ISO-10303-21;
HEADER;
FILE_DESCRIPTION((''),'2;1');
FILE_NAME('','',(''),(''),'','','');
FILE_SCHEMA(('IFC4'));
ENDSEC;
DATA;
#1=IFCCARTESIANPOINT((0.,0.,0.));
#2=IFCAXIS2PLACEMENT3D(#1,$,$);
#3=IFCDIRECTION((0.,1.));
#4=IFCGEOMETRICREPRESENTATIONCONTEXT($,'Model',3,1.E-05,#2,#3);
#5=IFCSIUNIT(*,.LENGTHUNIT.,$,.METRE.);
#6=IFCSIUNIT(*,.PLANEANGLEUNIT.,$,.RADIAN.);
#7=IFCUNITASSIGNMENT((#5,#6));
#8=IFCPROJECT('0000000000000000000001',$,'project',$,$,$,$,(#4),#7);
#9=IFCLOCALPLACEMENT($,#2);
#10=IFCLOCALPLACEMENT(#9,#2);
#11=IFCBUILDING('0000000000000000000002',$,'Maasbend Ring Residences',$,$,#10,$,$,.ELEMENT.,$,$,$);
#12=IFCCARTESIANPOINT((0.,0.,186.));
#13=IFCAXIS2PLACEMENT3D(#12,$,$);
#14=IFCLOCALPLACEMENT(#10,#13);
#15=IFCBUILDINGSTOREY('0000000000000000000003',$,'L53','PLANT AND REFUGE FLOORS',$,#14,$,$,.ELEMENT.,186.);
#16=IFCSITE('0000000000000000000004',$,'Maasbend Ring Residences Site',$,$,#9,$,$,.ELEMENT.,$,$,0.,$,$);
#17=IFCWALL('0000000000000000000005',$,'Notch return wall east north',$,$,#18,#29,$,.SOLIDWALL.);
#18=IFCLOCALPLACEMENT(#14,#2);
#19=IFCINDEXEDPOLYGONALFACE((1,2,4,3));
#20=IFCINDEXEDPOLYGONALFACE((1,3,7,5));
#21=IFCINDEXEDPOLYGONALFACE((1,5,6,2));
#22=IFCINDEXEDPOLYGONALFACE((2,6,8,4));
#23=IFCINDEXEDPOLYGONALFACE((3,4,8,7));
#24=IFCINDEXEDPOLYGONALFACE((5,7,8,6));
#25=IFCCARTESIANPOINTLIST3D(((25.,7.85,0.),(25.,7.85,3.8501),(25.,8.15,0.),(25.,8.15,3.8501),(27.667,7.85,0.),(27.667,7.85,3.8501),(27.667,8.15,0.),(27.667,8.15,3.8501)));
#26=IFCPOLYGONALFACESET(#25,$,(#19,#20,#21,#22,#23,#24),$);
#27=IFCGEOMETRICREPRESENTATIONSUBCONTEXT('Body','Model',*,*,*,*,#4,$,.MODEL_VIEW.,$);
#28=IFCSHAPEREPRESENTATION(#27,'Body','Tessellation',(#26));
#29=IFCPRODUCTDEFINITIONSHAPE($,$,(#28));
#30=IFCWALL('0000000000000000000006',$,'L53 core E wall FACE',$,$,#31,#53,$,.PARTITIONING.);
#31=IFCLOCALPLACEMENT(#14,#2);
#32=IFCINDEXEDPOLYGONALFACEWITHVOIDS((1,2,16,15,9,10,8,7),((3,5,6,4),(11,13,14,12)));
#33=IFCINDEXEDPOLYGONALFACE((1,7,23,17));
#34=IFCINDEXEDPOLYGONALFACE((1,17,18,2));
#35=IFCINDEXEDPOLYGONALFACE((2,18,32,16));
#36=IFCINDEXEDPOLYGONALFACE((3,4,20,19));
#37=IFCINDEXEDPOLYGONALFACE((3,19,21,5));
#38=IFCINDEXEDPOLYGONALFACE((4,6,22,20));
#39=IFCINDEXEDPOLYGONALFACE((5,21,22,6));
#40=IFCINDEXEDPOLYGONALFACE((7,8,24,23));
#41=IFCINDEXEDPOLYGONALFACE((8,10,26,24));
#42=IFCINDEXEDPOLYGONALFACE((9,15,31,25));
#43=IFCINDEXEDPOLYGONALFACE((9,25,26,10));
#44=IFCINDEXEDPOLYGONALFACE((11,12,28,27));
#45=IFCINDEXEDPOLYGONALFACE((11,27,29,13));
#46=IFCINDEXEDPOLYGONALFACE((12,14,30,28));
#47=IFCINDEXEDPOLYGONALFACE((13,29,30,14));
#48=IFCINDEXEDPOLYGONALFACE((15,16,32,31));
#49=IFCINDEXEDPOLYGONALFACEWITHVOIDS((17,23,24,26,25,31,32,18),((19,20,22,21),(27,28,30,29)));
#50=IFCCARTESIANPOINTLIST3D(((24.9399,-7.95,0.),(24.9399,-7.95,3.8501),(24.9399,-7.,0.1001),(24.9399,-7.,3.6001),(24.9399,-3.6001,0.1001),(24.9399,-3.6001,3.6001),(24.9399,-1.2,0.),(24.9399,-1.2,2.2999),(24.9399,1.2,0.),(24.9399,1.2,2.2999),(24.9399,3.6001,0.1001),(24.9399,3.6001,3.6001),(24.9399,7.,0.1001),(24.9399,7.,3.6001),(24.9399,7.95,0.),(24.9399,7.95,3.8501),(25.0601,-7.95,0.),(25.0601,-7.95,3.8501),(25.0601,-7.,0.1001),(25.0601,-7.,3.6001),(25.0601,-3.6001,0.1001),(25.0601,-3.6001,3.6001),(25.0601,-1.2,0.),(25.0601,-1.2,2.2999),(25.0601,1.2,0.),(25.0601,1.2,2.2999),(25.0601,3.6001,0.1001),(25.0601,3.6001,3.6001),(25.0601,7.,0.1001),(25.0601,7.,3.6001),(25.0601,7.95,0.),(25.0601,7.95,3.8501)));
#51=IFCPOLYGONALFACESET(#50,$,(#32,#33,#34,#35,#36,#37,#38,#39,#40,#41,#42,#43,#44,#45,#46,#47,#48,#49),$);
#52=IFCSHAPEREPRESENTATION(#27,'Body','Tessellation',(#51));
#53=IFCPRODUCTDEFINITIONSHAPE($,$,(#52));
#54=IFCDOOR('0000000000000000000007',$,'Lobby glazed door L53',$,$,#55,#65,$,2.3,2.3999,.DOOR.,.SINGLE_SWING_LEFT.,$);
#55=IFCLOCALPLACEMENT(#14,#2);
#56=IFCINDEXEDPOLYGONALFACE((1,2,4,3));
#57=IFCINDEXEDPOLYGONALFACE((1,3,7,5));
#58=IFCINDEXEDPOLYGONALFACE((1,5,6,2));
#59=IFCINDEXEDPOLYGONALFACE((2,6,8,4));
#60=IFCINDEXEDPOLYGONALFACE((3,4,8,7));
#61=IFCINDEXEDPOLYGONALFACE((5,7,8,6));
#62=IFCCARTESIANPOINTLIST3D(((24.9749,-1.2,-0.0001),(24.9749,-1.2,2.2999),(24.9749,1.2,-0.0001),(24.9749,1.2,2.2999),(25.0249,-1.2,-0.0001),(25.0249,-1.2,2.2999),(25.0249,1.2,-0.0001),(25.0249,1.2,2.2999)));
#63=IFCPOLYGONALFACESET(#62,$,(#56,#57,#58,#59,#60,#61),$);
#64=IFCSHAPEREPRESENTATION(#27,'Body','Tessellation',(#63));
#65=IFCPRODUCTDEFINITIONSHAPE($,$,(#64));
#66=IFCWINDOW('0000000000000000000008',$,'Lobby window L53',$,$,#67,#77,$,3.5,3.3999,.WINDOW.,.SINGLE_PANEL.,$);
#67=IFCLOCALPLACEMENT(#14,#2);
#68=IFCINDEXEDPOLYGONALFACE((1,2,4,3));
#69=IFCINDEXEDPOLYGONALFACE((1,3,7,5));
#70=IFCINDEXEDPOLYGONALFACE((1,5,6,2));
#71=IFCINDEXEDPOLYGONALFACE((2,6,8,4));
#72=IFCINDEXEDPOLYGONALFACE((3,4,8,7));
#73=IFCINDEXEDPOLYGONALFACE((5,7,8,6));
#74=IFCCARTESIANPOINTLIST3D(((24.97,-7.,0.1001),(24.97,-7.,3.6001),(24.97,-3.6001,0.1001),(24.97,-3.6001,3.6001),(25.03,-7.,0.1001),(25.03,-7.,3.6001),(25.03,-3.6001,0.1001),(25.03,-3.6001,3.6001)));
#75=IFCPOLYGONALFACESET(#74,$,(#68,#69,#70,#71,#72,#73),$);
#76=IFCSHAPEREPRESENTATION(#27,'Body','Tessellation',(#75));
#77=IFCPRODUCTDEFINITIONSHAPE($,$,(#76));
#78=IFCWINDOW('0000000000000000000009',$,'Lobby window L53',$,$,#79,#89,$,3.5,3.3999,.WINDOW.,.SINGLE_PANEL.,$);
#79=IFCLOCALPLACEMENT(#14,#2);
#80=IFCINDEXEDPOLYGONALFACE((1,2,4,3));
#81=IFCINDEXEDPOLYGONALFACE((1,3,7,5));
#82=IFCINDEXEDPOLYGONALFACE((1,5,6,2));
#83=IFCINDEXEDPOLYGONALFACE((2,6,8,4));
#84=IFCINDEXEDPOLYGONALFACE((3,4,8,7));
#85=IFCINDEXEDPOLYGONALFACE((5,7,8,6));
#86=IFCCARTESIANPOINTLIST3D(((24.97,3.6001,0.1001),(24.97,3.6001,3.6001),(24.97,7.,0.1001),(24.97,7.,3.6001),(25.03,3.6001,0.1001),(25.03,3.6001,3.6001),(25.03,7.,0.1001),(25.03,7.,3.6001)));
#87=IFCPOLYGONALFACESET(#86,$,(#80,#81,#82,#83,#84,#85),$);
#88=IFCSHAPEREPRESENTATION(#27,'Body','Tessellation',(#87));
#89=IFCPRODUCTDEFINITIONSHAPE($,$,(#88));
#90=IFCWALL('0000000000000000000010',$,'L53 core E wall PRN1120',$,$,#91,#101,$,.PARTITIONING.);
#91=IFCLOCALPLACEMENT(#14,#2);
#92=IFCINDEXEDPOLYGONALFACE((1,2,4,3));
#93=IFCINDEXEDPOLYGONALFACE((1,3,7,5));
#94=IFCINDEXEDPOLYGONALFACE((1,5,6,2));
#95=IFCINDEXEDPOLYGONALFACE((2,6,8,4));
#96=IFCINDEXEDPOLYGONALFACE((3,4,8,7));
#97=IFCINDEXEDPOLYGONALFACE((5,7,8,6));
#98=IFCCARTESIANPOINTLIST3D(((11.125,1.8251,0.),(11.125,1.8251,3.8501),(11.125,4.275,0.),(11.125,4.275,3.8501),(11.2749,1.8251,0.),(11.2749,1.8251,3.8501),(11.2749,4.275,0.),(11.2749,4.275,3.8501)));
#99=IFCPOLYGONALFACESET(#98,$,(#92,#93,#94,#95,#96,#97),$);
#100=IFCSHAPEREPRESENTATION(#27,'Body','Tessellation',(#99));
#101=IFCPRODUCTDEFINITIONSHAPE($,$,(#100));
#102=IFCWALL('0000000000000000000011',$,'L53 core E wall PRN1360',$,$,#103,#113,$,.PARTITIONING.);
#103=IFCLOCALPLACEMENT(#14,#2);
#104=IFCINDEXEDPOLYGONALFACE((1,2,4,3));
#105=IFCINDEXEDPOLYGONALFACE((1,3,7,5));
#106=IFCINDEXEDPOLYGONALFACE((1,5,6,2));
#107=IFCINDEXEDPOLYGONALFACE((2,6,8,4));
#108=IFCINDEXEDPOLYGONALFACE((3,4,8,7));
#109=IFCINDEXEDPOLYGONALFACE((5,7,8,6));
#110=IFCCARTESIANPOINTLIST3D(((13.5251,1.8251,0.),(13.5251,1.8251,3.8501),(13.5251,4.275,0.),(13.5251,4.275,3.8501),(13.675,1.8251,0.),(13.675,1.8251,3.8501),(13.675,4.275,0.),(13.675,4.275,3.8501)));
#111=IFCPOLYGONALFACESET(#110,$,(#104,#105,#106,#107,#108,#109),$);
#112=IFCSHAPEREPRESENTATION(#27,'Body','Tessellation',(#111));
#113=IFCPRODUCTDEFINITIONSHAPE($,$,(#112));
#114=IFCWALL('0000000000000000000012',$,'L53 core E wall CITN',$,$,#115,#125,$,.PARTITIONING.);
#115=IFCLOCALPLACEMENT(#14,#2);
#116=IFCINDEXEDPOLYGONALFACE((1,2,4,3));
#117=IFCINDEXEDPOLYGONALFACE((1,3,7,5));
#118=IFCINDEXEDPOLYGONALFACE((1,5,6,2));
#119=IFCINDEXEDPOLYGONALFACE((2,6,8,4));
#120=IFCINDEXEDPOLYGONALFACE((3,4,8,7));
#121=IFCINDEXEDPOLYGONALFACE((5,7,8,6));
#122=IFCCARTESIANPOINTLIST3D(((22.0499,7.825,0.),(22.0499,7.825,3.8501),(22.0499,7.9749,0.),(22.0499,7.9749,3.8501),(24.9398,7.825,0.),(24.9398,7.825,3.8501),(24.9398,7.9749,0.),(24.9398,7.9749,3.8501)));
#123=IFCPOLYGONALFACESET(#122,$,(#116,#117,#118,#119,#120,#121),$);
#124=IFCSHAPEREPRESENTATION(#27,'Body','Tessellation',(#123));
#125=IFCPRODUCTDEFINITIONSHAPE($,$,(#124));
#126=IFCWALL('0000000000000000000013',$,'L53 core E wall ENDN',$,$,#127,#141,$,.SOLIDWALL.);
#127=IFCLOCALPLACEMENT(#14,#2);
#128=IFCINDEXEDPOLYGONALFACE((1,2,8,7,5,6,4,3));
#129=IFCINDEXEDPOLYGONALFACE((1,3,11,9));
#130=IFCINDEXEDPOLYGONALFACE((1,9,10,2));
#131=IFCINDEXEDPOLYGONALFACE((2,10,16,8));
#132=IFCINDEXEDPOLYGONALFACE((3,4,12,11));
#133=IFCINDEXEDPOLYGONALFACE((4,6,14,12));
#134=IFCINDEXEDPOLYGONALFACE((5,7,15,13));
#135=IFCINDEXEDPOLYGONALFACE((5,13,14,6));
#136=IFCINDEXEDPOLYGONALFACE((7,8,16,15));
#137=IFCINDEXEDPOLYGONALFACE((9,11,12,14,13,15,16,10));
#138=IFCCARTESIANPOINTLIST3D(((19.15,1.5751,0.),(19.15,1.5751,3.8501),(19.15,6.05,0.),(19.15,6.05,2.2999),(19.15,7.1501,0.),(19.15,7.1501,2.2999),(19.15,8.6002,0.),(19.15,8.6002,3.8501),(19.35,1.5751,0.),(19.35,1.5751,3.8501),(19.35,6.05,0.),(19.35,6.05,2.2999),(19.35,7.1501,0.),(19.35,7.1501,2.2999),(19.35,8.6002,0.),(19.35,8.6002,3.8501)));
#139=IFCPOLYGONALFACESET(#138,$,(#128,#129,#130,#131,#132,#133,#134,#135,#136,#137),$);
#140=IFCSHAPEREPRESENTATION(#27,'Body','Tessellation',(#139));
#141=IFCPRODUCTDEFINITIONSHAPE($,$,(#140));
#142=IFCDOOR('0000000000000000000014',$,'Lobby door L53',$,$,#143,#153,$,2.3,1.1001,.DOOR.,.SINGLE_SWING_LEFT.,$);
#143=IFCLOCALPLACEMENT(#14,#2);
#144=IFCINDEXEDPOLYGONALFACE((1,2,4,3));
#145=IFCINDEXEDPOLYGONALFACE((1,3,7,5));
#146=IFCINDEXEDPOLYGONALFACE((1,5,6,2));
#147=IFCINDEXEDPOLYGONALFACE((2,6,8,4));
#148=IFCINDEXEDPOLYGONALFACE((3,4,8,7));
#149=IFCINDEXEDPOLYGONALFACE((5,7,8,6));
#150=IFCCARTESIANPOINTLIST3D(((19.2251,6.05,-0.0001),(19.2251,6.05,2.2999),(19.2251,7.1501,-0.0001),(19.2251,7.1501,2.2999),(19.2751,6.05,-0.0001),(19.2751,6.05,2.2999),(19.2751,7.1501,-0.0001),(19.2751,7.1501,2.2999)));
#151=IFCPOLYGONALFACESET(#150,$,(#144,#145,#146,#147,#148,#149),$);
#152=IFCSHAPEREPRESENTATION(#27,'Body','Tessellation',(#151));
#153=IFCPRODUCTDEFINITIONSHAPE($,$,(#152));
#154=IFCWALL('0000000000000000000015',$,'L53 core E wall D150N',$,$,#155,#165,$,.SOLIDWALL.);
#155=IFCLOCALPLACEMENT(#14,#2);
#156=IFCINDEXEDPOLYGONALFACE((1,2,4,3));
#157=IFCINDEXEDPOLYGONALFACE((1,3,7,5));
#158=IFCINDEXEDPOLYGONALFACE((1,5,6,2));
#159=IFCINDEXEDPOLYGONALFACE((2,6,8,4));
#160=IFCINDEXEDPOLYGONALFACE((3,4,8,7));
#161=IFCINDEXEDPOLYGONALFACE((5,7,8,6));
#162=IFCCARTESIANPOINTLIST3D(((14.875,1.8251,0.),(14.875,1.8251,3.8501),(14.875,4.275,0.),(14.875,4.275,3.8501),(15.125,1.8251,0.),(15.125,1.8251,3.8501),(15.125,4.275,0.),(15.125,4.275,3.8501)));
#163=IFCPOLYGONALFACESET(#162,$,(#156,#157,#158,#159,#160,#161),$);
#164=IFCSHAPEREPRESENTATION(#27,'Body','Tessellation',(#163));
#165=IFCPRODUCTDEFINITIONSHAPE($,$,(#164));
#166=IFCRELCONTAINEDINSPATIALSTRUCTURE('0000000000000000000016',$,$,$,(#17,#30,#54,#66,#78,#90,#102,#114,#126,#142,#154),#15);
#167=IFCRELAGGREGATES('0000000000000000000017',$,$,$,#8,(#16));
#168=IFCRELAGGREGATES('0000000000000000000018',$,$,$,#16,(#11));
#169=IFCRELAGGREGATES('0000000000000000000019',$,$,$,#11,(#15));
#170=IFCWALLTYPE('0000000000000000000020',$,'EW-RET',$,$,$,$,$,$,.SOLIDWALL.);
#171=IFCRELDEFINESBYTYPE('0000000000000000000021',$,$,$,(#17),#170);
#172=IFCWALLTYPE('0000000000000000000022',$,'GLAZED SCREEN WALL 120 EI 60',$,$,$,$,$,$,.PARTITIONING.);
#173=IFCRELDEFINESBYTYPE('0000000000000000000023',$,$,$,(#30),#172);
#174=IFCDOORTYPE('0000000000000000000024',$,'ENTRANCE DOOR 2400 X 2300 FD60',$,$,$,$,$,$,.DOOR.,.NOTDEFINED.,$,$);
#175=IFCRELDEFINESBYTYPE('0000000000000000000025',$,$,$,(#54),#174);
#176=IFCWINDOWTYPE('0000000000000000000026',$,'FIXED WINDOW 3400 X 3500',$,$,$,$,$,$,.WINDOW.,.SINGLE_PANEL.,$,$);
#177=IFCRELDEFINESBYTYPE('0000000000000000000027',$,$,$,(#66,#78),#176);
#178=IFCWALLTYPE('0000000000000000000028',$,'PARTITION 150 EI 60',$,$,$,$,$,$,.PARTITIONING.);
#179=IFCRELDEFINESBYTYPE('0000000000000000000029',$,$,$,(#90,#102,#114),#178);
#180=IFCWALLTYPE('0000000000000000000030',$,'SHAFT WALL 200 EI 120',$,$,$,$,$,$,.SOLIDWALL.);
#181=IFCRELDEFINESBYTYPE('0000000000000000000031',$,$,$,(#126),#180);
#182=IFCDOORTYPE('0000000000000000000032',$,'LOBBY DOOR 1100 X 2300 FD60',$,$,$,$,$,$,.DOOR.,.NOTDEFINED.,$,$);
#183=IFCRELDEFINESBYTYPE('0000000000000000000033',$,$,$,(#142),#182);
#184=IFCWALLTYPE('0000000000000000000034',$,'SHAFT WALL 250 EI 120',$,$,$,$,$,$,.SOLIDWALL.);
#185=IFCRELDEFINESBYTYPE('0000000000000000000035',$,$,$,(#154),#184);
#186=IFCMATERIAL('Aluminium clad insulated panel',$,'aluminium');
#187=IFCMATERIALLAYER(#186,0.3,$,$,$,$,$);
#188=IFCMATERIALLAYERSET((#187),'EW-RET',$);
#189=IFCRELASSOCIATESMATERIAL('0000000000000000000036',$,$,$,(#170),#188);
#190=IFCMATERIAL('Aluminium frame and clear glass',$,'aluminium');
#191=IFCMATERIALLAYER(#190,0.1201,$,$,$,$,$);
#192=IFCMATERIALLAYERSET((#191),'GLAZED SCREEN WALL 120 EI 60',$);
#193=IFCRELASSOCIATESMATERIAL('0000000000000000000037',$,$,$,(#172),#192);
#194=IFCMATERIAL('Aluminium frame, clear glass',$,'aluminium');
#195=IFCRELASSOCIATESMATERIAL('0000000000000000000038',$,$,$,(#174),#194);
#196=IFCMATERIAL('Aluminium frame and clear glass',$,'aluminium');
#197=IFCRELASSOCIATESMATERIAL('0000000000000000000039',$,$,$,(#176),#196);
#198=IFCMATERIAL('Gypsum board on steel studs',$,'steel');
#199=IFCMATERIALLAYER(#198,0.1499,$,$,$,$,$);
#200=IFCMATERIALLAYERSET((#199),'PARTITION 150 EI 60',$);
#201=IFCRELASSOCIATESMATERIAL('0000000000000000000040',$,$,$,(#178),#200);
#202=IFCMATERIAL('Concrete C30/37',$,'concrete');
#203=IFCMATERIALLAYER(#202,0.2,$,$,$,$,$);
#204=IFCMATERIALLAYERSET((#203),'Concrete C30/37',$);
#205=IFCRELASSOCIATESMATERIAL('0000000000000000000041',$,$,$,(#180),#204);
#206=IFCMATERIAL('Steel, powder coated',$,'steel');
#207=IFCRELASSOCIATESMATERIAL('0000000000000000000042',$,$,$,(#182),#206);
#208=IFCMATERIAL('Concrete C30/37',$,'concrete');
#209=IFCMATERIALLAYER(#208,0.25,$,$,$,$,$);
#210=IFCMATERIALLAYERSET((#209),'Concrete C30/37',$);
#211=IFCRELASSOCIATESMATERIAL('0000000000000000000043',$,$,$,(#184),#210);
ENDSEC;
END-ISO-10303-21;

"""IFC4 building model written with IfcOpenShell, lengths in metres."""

from ifc_helpers import new_model, si_unit, direction, frame, frame_2d, origin, place, context, subcontext, project, spatial, rectangle, extrude, material, layer, layer_set, type_object, element, fill, save


model = new_model("IFC4")

# Units and contexts
model_context = context("Model", 3, precision=1e-05, world=origin(), true_north=direction((0.0, 1.0)))
body_context = subcontext(model_context, "Body", "Model", "MODEL_VIEW")
ifc_project = project(units=[si_unit("LENGTHUNIT", "METRE"), si_unit("PLANEANGLEUNIT", "RADIAN")], contexts=[model_context])

# Site, building, storey
site_placement = place(None, origin())
site = spatial("IfcSite", under=ifc_project, at=site_placement, Name="Maasbend Ring Residences Site", CompositionType="ELEMENT", RefElevation=0.0)
building_placement = place(site_placement, origin())
building = spatial("IfcBuilding", under=site, at=building_placement, Name="Maasbend Ring Residences", CompositionType="ELEMENT")
storey_placement = place(building_placement, frame((0.0, 0.0, 186.0)))
storey = spatial("IfcBuildingStorey", under=building, at=storey_placement, Name="L53", Description="PLANT AND REFUGE FLOORS", CompositionType="ELEMENT", Elevation=186.0)

# Wall
ifc_material_1 = material(Name="Aluminium clad insulated panel", Category="aluminium")
ifc_layer_1 = layer(ifc_material_1, 0.3)
ifc_layer_set_1 = layer_set([ifc_layer_1], Name="EW-RET")
wall_type_1 = type_object("IfcWallType", Name="EW-RET", PredefinedType="SOLIDWALL", material=ifc_layer_set_1)
wall_1_placement = place(storey_placement, frame((25.0, 8.0, 0.0), z_axis=(0.0, 0.0, 1.0), x_axis=(1.0, 0.0, 0.0)))
element("IfcWall", 1, at=wall_1_placement, inside=storey, type_object=wall_type_1, Name="Notch return wall east north", PredefinedType="SOLIDWALL", context=body_context, shape_type="SweptSolid", body=[
    extrude(rectangle(XDim=2.667, YDim=0.3, at=frame_2d((1.3335, 0.0))), origin(), (0.0, 0.0, 1.0), 3.8501),
])

# Wall, openings, door, windows
ifc_material_2 = material(Name="Aluminium frame and clear glass", Category="aluminium")
ifc_layer_2 = layer(ifc_material_2, 0.1201)
ifc_layer_set_2 = layer_set([ifc_layer_2], Name="GLAZED SCREEN WALL 120 EI 60")
wall_type_2 = type_object("IfcWallType", Name="GLAZED SCREEN WALL 120 EI 60", PredefinedType="PARTITIONING", material=ifc_layer_set_2)
wall_2_placement = place(storey_placement, frame((25.0, 7.95, 0.0), z_axis=(0.0, 0.0, 1.0), x_axis=(0.0, -1.0, 0.0)))
wall_2 = element("IfcWall", 2, at=wall_2_placement, inside=storey, type_object=wall_type_2, Name="L53 core E wall FACE", PredefinedType="PARTITIONING", context=body_context, shape_type="SweptSolid", body=[
    extrude(rectangle(XDim=15.8999, YDim=0.1201, at=frame_2d((7.95, 0.0))), origin(), (0.0, 0.0, 1.0), 3.8501),
])
opening_1_placement = place(wall_2_placement, frame((6.75, 0.0, 0.0)))
opening_1 = element("IfcOpeningElement", 3, at=opening_1_placement, cuts=wall_2, PredefinedType="OPENING", context=body_context, shape_type="SweptSolid", body=[
    extrude(rectangle(XDim=2.3999, YDim=2.3, at=frame_2d((1.2, 1.1499))), frame((0.0, 0.0701, 0.0), z_axis=(0.0, -1.0, 0.0), x_axis=(1.0, 0.0, 0.0)), (0.0, 0.0, 1.0), 0.1401),
])
opening_2_placement = place(wall_2_placement, frame((11.55, 0.0, 0.1001)))
opening_2 = element("IfcOpeningElement", 4, at=opening_2_placement, cuts=wall_2, PredefinedType="OPENING", context=body_context, shape_type="SweptSolid", body=[
    extrude(rectangle(XDim=3.3999, YDim=3.5, at=frame_2d((1.7, 1.75))), frame((0.0, 0.0701, 0.0), z_axis=(0.0, -1.0, 0.0), x_axis=(1.0, 0.0, 0.0)), (0.0, 0.0, 1.0), 0.1401),
])
opening_3_placement = place(wall_2_placement, frame((0.95, 0.0, 0.1001)))
opening_3 = element("IfcOpeningElement", 5, at=opening_3_placement, cuts=wall_2, PredefinedType="OPENING", context=body_context, shape_type="SweptSolid", body=[
    extrude(rectangle(XDim=3.3999, YDim=3.5, at=frame_2d((1.7, 1.75))), frame((0.0, 0.0701, 0.0), z_axis=(0.0, -1.0, 0.0), x_axis=(1.0, 0.0, 0.0)), (0.0, 0.0, 1.0), 0.1401),
])
ifc_material_3 = material(Name="Aluminium frame, clear glass", Category="aluminium")
door_type_1 = type_object("IfcDoorType", Name="ENTRANCE DOOR 2400 X 2300 FD60", OperationType="NOTDEFINED", PredefinedType="DOOR", material=ifc_material_3)
door_1_placement = place(opening_1_placement, origin())
door_1 = element("IfcDoor", 6, at=door_1_placement, inside=storey, type_object=door_type_1, Name="Lobby glazed door L53", OperationType="SINGLE_SWING_LEFT", OverallHeight=2.3, OverallWidth=2.3999, PredefinedType="DOOR", context=body_context, shape_type="SweptSolid", body=[
    extrude(rectangle(XDim=2.3999, YDim=2.3, at=frame_2d((1.2, 1.1499))), frame((0.0, 0.0249, 0.0), z_axis=(0.0, -1.0, 0.0), x_axis=(1.0, 0.0, 0.0)), (0.0, 0.0, 1.0), 0.05),
])
fill(opening_1, door_1)
ifc_material_4 = material(Name="Aluminium frame and clear glass", Category="aluminium")
window_type = type_object("IfcWindowType", Name="FIXED WINDOW 3400 X 3500", PartitioningType="SINGLE_PANEL", PredefinedType="WINDOW", material=ifc_material_4)
window_1_placement = place(opening_2_placement, origin())
window_1 = element("IfcWindow", 7, at=window_1_placement, inside=storey, type_object=window_type, Name="Lobby window L53", OverallHeight=3.5, OverallWidth=3.3999, PartitioningType="SINGLE_PANEL", PredefinedType="WINDOW", context=body_context, shape_type="SweptSolid", body=[
    extrude(rectangle(XDim=3.3999, YDim=3.5, at=frame_2d((1.7, 1.75))), frame((0.0, 0.03, 0.0), z_axis=(0.0, -1.0, 0.0), x_axis=(1.0, 0.0, 0.0)), (0.0, 0.0, 1.0), 0.0601),
])
fill(opening_2, window_1)
window_2_placement = place(opening_3_placement, origin())
window_2 = element("IfcWindow", 8, at=window_2_placement, inside=storey, type_object=window_type, Name="Lobby window L53", OverallHeight=3.5, OverallWidth=3.3999, PartitioningType="SINGLE_PANEL", PredefinedType="WINDOW", context=body_context, shape_type="SweptSolid", body=[
    extrude(rectangle(XDim=3.3999, YDim=3.5, at=frame_2d((1.7, 1.75))), frame((0.0, 0.03, 0.0), z_axis=(0.0, -1.0, 0.0), x_axis=(1.0, 0.0, 0.0)), (0.0, 0.0, 1.0), 0.0601),
])
fill(opening_3, window_2)

# Walls
ifc_material_5 = material(Name="Gypsum board on steel studs", Category="steel")
ifc_layer_3 = layer(ifc_material_5, 0.1499)
ifc_layer_set_3 = layer_set([ifc_layer_3], Name="PARTITION 150 EI 60")
wall_type_3 = type_object("IfcWallType", Name="PARTITION 150 EI 60", PredefinedType="PARTITIONING", material=ifc_layer_set_3)
for number, where, z_axis, x_axis, name in (
    (9, (11.2, 1.825, 0.0), (0.0, 0.0, 1.0), (0.0, 1.0, 0.0), "L53 core E wall PRN1120"),
    (10, (13.6001, 1.825, 0.0), (0.0, 0.0, 1.0), (0.0, 1.0, 0.0), "L53 core E wall PRN1360"),
):
    element("IfcWall", number, at=place(storey_placement, frame(where, z_axis=z_axis, x_axis=x_axis)), inside=storey, type_object=wall_type_3, Name=name, PredefinedType="PARTITIONING", context=body_context, shape_type="SweptSolid", body=[
        extrude(rectangle(XDim=2.45, YDim=0.1499, at=frame_2d((1.2251, 0.0))), origin(), (0.0, 0.0, 1.0), 3.8501),
    ])
wall_3_placement = place(storey_placement, frame((22.05, 7.8999, 0.0), z_axis=(0.0, 0.0, 1.0), x_axis=(1.0, 0.0, 0.0)))
element("IfcWall", 11, at=wall_3_placement, inside=storey, type_object=wall_type_3, Name="L53 core E wall CITN", PredefinedType="PARTITIONING", context=body_context, shape_type="SweptSolid", body=[
    extrude(rectangle(XDim=2.8899, YDim=0.1499, at=frame_2d((1.4448, 0.0))), origin(), (0.0, 0.0, 1.0), 3.8501),
])

# Wall, opening, door
ifc_material_6 = material(Name="Concrete C30/37", Category="concrete")
ifc_layer_4 = layer(ifc_material_6, 0.2)
ifc_layer_set_4 = layer_set([ifc_layer_4], Name="Concrete C30/37")
wall_type_4 = type_object("IfcWallType", Name="SHAFT WALL 200 EI 120", PredefinedType="SOLIDWALL", material=ifc_layer_set_4)
wall_4_placement = place(storey_placement, frame((19.25, 1.575, 0.0), z_axis=(0.0, 0.0, 1.0), x_axis=(0.0, 1.0, 0.0)))
wall_4 = element("IfcWall", 12, at=wall_4_placement, inside=storey, type_object=wall_type_4, Name="L53 core E wall ENDN", PredefinedType="SOLIDWALL", context=body_context, shape_type="SweptSolid", body=[
    extrude(rectangle(XDim=7.0251, YDim=0.2, at=frame_2d((3.5127, 0.0))), origin(), (0.0, 0.0, 1.0), 3.8501),
])
opening_4_placement = place(wall_4_placement, frame((4.4751, 0.0, 0.0)))
opening_4 = element("IfcOpeningElement", 13, at=opening_4_placement, cuts=wall_4, PredefinedType="OPENING", context=body_context, shape_type="SweptSolid", body=[
    extrude(rectangle(XDim=1.1001, YDim=2.3, at=frame_2d((0.55, 1.1499))), frame((0.0, 0.1099, 0.0), z_axis=(0.0, -1.0, 0.0), x_axis=(1.0, 0.0, 0.0)), (0.0, 0.0, 1.0), 0.22),
])
ifc_material_7 = material(Name="Steel, powder coated", Category="steel")
door_type_2 = type_object("IfcDoorType", Name="LOBBY DOOR 1100 X 2300 FD60", OperationType="NOTDEFINED", PredefinedType="DOOR", material=ifc_material_7)
door_2_placement = place(opening_4_placement, origin())
door_2 = element("IfcDoor", 14, at=door_2_placement, inside=storey, type_object=door_type_2, Name="Lobby door L53", OperationType="SINGLE_SWING_LEFT", OverallHeight=2.3, OverallWidth=1.1001, PredefinedType="DOOR", context=body_context, shape_type="SweptSolid", body=[
    extrude(rectangle(XDim=1.1001, YDim=2.3, at=frame_2d((0.55, 1.1499))), frame((0.0, 0.0249, 0.0), z_axis=(0.0, -1.0, 0.0), x_axis=(1.0, 0.0, 0.0)), (0.0, 0.0, 1.0), 0.05),
])
fill(opening_4, door_2)

# Wall
ifc_material_8 = material(Name="Concrete C30/37", Category="concrete")
ifc_layer_5 = layer(ifc_material_8, 0.25)
ifc_layer_set_5 = layer_set([ifc_layer_5], Name="Concrete C30/37")
wall_type_5 = type_object("IfcWallType", Name="SHAFT WALL 250 EI 120", PredefinedType="SOLIDWALL", material=ifc_layer_set_5)
for number, where, z_axis, x_axis, name in (
    (15, (15.0, 1.825, 0.0), (0.0, 0.0, 1.0), (0.0, 1.0, 0.0), "L53 core E wall D150N"),
):
    element("IfcWall", number, at=place(storey_placement, frame(where, z_axis=z_axis, x_axis=x_axis)), inside=storey, type_object=wall_type_5, Name=name, PredefinedType="SOLIDWALL", context=body_context, shape_type="SweptSolid", body=[
        extrude(rectangle(XDim=2.45, YDim=0.25, at=frame_2d((1.2251, 0.0))), origin(), (0.0, 0.0, 1.0), 3.8501),
    ])

save(model, "model.ifc")
